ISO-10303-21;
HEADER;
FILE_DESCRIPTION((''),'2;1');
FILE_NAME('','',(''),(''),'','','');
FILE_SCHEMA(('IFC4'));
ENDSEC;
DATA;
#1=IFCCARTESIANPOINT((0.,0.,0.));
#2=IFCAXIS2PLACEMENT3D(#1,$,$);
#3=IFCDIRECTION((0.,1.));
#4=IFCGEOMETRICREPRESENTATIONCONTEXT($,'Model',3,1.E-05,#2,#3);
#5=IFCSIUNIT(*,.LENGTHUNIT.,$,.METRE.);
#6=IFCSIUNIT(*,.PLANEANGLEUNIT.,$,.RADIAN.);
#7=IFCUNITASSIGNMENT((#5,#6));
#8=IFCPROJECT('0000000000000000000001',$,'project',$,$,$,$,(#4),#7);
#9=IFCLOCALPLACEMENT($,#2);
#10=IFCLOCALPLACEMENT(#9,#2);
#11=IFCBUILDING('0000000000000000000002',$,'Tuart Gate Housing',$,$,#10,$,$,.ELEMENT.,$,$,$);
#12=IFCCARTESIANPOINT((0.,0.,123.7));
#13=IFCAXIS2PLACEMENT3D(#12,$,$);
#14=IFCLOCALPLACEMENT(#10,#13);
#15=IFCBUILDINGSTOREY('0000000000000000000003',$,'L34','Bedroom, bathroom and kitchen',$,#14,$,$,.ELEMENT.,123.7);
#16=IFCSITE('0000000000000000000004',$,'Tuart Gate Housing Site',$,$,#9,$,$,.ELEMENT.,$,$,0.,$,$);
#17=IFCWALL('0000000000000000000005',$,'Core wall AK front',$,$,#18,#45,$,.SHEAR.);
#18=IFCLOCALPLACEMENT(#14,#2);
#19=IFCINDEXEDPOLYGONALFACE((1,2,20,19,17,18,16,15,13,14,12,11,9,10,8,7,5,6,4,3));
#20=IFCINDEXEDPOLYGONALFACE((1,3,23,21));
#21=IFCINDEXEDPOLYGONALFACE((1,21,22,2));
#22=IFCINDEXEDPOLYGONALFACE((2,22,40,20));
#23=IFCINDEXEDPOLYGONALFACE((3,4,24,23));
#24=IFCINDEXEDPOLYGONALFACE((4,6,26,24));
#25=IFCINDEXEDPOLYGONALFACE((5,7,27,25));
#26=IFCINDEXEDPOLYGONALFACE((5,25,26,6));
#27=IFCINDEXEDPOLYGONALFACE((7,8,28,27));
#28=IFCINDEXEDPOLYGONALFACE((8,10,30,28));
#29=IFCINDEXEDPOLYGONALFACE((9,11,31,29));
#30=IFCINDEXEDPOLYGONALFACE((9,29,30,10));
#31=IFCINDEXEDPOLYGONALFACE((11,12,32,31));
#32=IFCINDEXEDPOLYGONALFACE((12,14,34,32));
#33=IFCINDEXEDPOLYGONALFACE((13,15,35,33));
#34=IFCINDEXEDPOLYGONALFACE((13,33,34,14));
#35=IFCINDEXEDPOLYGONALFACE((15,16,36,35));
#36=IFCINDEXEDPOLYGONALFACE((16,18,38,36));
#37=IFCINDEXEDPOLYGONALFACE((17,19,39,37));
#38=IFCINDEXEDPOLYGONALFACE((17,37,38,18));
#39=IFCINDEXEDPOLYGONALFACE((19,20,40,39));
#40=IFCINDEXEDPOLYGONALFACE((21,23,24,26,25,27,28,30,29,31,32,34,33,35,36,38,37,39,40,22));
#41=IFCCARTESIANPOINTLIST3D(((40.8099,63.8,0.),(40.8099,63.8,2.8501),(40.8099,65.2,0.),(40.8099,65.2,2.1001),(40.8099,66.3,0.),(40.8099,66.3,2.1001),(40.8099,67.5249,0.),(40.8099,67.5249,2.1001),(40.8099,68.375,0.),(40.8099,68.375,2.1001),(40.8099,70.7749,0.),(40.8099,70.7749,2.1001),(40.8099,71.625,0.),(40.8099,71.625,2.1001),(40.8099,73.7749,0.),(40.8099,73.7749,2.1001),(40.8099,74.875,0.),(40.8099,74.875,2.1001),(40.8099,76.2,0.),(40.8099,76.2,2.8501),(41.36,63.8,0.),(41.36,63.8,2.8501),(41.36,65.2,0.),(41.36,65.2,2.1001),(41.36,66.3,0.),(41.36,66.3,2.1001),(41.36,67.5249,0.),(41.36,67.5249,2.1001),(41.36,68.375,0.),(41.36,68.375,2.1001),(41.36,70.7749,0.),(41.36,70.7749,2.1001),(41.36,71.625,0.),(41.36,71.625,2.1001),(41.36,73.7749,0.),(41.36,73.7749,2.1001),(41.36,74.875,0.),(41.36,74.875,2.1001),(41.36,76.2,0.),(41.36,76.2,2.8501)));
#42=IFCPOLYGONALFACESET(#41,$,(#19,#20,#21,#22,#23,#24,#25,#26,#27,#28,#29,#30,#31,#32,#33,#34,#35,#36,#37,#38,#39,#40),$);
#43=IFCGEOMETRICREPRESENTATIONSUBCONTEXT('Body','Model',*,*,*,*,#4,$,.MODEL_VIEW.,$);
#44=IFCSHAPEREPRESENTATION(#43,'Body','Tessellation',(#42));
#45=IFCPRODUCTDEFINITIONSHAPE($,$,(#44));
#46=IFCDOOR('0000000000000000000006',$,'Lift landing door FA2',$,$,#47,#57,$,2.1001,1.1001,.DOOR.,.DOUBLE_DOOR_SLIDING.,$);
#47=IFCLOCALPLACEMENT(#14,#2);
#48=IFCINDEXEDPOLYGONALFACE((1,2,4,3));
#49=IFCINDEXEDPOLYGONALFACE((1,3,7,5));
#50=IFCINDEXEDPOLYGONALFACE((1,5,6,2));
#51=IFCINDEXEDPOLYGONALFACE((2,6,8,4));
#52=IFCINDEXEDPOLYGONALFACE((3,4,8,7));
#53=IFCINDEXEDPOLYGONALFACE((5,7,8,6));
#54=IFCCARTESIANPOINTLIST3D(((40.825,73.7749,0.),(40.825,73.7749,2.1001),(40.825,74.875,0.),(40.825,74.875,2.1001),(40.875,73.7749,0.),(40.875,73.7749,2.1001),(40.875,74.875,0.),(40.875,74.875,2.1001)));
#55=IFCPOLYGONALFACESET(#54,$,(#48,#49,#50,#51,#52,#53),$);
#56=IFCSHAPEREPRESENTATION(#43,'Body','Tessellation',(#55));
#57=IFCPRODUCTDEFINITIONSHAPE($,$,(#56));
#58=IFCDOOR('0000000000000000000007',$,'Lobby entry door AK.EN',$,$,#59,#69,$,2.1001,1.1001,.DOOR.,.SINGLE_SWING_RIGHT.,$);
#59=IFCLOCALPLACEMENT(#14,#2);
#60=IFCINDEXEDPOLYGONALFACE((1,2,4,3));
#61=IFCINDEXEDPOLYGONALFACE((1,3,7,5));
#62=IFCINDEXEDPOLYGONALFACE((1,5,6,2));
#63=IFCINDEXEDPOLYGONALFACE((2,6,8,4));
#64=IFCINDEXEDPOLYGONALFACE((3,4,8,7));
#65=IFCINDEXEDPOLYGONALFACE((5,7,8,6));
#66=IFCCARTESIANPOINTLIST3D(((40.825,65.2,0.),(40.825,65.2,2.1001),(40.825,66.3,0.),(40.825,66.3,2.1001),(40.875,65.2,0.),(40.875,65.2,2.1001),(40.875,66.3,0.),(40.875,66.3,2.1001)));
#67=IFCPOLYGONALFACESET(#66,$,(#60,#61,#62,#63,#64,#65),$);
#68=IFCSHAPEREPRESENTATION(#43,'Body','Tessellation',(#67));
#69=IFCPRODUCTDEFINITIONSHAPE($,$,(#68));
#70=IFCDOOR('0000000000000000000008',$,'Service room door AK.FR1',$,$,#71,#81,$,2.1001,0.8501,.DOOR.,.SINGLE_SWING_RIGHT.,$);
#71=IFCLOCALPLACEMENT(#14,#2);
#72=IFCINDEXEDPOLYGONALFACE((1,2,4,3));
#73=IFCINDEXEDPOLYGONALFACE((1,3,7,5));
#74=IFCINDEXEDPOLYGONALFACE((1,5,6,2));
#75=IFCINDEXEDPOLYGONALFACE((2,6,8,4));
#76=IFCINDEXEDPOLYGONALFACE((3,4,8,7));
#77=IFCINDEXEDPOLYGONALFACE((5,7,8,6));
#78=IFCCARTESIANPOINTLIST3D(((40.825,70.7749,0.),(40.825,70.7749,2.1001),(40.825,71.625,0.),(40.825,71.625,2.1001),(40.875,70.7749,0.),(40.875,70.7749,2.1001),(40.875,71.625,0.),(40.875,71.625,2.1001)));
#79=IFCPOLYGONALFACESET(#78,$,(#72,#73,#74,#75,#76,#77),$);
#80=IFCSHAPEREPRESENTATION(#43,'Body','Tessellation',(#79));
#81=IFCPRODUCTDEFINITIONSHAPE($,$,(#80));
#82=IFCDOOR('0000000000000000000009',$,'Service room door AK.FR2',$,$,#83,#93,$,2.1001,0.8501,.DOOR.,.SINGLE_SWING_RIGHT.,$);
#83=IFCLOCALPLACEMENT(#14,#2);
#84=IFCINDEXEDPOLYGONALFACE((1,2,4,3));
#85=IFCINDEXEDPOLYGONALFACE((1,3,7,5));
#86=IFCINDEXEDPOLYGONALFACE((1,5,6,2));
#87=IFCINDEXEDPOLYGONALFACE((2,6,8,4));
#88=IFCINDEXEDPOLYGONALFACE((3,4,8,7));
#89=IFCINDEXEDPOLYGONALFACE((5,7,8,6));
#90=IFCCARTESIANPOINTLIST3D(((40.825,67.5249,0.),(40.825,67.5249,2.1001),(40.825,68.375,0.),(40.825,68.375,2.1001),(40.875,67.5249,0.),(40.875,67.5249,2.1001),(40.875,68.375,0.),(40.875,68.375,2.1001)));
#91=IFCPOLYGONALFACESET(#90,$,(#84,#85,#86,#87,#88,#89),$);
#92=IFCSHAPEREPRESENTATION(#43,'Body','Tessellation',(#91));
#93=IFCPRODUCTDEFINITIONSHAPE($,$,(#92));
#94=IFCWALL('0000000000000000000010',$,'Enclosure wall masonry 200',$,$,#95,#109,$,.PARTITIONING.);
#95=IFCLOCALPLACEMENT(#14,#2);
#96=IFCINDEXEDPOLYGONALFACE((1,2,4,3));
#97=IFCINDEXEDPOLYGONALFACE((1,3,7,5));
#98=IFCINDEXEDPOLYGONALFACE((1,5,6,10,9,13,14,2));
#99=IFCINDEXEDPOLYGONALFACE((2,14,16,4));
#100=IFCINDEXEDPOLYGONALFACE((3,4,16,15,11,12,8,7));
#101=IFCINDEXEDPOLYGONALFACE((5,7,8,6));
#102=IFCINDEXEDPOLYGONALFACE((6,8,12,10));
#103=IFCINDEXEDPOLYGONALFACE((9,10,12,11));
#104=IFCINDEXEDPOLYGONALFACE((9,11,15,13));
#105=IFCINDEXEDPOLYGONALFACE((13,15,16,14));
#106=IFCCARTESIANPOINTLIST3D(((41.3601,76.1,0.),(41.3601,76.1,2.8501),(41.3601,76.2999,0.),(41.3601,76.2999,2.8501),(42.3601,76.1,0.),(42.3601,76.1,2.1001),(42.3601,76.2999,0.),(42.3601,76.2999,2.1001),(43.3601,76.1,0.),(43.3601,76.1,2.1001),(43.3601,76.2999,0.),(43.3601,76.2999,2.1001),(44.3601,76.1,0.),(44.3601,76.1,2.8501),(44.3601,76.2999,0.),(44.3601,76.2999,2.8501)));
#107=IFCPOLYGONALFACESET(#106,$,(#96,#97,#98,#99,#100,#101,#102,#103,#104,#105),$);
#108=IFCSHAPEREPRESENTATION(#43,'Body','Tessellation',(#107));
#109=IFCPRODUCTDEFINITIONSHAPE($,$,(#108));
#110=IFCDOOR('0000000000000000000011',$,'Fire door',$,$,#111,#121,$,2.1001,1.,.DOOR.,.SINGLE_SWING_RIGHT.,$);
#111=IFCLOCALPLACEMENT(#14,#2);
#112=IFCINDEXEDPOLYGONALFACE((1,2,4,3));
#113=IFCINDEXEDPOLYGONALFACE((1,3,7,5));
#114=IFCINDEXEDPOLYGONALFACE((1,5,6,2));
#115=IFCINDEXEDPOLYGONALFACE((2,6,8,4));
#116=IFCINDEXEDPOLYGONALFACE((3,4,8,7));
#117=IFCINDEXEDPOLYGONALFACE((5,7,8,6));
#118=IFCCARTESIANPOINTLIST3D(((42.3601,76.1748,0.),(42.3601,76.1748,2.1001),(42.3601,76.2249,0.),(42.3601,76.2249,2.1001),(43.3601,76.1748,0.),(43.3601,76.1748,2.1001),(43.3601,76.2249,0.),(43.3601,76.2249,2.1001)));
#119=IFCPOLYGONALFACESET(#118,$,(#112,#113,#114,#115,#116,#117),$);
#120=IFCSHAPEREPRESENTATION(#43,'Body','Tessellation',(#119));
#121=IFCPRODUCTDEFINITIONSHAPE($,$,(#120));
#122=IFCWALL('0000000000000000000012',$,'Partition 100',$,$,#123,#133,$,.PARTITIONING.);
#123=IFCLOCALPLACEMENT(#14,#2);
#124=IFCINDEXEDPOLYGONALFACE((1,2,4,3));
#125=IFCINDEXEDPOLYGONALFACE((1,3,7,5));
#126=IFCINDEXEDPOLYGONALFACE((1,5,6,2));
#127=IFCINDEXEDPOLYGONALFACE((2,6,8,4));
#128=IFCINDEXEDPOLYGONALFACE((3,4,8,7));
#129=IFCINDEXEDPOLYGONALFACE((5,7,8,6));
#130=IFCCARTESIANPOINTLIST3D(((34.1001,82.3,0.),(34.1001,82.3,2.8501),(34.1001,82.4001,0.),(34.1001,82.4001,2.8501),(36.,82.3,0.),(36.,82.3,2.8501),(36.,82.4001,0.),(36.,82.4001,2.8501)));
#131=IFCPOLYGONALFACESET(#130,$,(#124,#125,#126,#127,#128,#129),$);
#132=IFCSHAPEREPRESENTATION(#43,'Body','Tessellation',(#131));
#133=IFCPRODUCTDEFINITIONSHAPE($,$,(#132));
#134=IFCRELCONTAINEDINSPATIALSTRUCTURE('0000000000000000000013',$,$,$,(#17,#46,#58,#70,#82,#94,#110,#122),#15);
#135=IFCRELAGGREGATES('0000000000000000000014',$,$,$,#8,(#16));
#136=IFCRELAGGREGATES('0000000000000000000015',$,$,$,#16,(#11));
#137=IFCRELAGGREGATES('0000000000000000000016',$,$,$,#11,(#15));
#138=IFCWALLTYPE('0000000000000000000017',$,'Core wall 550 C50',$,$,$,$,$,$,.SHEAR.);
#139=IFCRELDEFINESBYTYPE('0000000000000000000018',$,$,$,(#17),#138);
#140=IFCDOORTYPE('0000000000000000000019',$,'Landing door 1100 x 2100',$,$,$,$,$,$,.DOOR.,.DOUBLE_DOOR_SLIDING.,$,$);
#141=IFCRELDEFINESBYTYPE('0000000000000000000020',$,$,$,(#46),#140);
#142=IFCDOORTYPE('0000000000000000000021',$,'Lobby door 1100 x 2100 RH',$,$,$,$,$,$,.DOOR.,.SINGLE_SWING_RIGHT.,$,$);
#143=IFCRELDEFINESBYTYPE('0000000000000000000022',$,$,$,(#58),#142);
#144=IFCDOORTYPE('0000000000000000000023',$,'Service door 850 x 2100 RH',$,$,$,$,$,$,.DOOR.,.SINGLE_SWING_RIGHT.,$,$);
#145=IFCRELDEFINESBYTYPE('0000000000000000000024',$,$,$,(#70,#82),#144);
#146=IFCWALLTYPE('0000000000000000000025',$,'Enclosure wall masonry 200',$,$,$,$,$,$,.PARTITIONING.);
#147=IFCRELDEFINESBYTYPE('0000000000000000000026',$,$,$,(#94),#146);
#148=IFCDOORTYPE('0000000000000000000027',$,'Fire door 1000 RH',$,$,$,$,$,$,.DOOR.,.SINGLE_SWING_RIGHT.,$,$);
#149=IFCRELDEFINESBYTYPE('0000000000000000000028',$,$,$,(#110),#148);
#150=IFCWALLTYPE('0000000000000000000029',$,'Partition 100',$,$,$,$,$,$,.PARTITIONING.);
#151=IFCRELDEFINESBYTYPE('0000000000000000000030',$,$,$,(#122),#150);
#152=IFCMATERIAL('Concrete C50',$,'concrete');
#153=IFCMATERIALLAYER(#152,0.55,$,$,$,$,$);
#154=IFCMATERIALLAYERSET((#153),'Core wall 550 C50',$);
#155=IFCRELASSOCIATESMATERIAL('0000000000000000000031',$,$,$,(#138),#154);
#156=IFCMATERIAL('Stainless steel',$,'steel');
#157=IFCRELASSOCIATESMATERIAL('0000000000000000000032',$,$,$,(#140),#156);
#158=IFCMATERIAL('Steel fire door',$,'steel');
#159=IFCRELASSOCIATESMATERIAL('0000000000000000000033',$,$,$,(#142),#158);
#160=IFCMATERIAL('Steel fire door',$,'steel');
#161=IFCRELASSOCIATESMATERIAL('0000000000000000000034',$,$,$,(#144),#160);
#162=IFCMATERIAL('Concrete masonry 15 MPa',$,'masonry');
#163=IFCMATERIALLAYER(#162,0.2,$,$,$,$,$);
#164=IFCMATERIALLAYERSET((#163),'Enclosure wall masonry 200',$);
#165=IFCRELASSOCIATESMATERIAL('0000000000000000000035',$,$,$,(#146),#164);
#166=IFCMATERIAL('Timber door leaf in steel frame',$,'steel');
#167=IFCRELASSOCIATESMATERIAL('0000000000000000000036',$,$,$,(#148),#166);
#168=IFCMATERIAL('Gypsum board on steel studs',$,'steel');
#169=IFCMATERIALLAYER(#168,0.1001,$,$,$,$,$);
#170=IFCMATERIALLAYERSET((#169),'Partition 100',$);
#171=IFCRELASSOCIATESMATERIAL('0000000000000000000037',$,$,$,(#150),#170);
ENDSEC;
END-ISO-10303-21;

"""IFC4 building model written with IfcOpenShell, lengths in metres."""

from ifc_helpers import new_model, si_unit, direction, frame, frame_2d, origin, place, context, subcontext, project, spatial, rectangle, extrude, material, layer, layer_set, type_object, element, fill, save


model = new_model("IFC4")

# Units and contexts
model_context = context("Model", 3, precision=1e-05, world=origin(), true_north=direction((0.0, 1.0)))
body_context = subcontext(model_context, "Body", "Model", "MODEL_VIEW")
ifc_project = project(units=[si_unit("LENGTHUNIT", "METRE"), si_unit("PLANEANGLEUNIT", "RADIAN")], contexts=[model_context])

# Site, building, storey
site_placement = place(None, origin())
site = spatial("IfcSite", under=ifc_project, at=site_placement, Name="Tuart Gate Housing Site", CompositionType="ELEMENT", RefElevation=0.0)
building_placement = place(site_placement, origin())
building = spatial("IfcBuilding", under=site, at=building_placement, Name="Tuart Gate Housing", CompositionType="ELEMENT")
storey_placement = place(building_placement, frame((0.0, 0.0, 123.7)))
storey = spatial("IfcBuildingStorey", under=building, at=storey_placement, Name="L34", Description="Bedroom, bathroom and kitchen", CompositionType="ELEMENT", Elevation=123.7)

# Wall, openings, doors
ifc_material_1 = material(Name="Concrete C50", Category="concrete")
ifc_layer_1 = layer(ifc_material_1, 0.55)
ifc_layer_set_1 = layer_set([ifc_layer_1], Name="Core wall 550 C50")
wall_type_1 = type_object("IfcWallType", Name="Core wall 550 C50", PredefinedType="SHEAR", material=ifc_layer_set_1)
wall_1_placement = place(storey_placement, frame((41.085, 76.2, 0.0), z_axis=(0.0, 0.0, 1.0), x_axis=(0.0, -1.0, 0.0)))
wall_1 = element("IfcWall", 1, at=wall_1_placement, inside=storey, type_object=wall_type_1, Name="Core wall AK front", PredefinedType="SHEAR", context=body_context, shape_type="SweptSolid", body=[
    extrude(rectangle(XDim=12.3999, YDim=0.55, at=frame_2d((6.2, 0.0))), origin(), (0.0, 0.0, 1.0), 2.8501),
])
opening_1_placement = place(wall_1_placement, frame((1.325, 0.0, 0.0)))
opening_1 = element("IfcOpeningElement", 2, at=opening_1_placement, cuts=wall_1, PredefinedType="OPENING", context=body_context, shape_type="SweptSolid", body=[
    extrude(rectangle(XDim=1.1001, YDim=2.1001, at=frame_2d((0.55, 1.05))), frame((0.0, 0.2849, 0.0), z_axis=(0.0, -1.0, 0.0), x_axis=(1.0, 0.0, 0.0)), (0.0, 0.0, 1.0), 0.5701),
])
opening_2_placement = place(wall_1_placement, frame((4.575, 0.0, 0.0)))
opening_2 = element("IfcOpeningElement", 3, at=opening_2_placement, cuts=wall_1, PredefinedType="OPENING", context=body_context, shape_type="SweptSolid", body=[
    extrude(rectangle(XDim=0.8501, YDim=2.1001, at=frame_2d((0.425, 1.05))), frame((0.0, 0.2849, 0.0), z_axis=(0.0, -1.0, 0.0), x_axis=(1.0, 0.0, 0.0)), (0.0, 0.0, 1.0), 0.5701),
])
opening_3_placement = place(wall_1_placement, frame((7.825, 0.0, 0.0)))
opening_3 = element("IfcOpeningElement", 4, at=opening_3_placement, cuts=wall_1, PredefinedType="OPENING", context=body_context, shape_type="SweptSolid", body=[
    extrude(rectangle(XDim=0.8501, YDim=2.1001, at=frame_2d((0.425, 1.05))), frame((0.0, 0.2849, 0.0), z_axis=(0.0, -1.0, 0.0), x_axis=(1.0, 0.0, 0.0)), (0.0, 0.0, 1.0), 0.5701),
])
opening_4_placement = place(wall_1_placement, frame((9.8999, 0.0, 0.0)))
opening_4 = element("IfcOpeningElement", 5, at=opening_4_placement, cuts=wall_1, PredefinedType="OPENING", context=body_context, shape_type="SweptSolid", body=[
    extrude(rectangle(XDim=1.1001, YDim=2.1001, at=frame_2d((0.55, 1.05))), frame((0.0, 0.2849, 0.0), z_axis=(0.0, -1.0, 0.0), x_axis=(1.0, 0.0, 0.0)), (0.0, 0.0, 1.0), 0.5701),
])
ifc_material_2 = material(Name="Stainless steel", Category="steel")
door_type_1 = type_object("IfcDoorType", Name="Landing door 1100 x 2100", OperationType="DOUBLE_DOOR_SLIDING", PredefinedType="DOOR", material=ifc_material_2)
door_1_placement = place(opening_1_placement, origin())
door_1 = element("IfcDoor", 6, at=door_1_placement, inside=storey, type_object=door_type_1, Name="Lift landing door FA2", OperationType="DOUBLE_DOOR_SLIDING", OverallHeight=2.1001, OverallWidth=1.1001, PredefinedType="DOOR", context=body_context, shape_type="SweptSolid", body=[
    extrude(rectangle(XDim=1.1001, YDim=2.1001, at=frame_2d((0.55, 1.05))), frame((0.0, -0.21, 0.0), z_axis=(0.0, -1.0, 0.0), x_axis=(1.0, 0.0, 0.0)), (0.0, 0.0, 1.0), 0.05),
])
fill(opening_1, door_1)
ifc_material_3 = material(Name="Steel fire door", Category="steel")
door_type_2 = type_object("IfcDoorType", Name="Lobby door 1100 x 2100 RH", OperationType="SINGLE_SWING_RIGHT", PredefinedType="DOOR", material=ifc_material_3)
door_2_placement = place(opening_4_placement, frame((1.1001, 0.0, 0.0), z_axis=(0.0, 0.0, 1.0), x_axis=(-1.0, 0.0, 0.0)))
door_2 = element("IfcDoor", 7, at=door_2_placement, inside=storey, type_object=door_type_2, Name="Lobby entry door AK.EN", OperationType="SINGLE_SWING_RIGHT", OverallHeight=2.1001, OverallWidth=1.1001, PredefinedType="DOOR", context=body_context, shape_type="SweptSolid", body=[
    extrude(rectangle(XDim=1.1001, YDim=2.1001, at=frame_2d((0.55, 1.05))), frame((0.0, 0.26, 0.0), z_axis=(0.0, -1.0, 0.0), x_axis=(1.0, 0.0, 0.0)), (0.0, 0.0, 1.0), 0.05),
])
fill(opening_4, door_2)
ifc_material_4 = material(Name="Steel fire door", Category="steel")
door_type_3 = type_object("IfcDoorType", Name="Service door 850 x 2100 RH", OperationType="SINGLE_SWING_RIGHT", PredefinedType="DOOR", material=ifc_material_4)
door_3_placement = place(opening_2_placement, frame((0.8501, 0.0, 0.0), z_axis=(0.0, 0.0, 1.0), x_axis=(-1.0, 0.0, 0.0)))
door_3 = element("IfcDoor", 8, at=door_3_placement, inside=storey, type_object=door_type_3, Name="Service room door AK.FR1", OperationType="SINGLE_SWING_RIGHT", OverallHeight=2.1001, OverallWidth=0.8501, PredefinedType="DOOR", context=body_context, shape_type="SweptSolid", body=[
    extrude(rectangle(XDim=0.8501, YDim=2.1001, at=frame_2d((0.425, 1.05))), frame((0.0, 0.26, 0.0), z_axis=(0.0, -1.0, 0.0), x_axis=(1.0, 0.0, 0.0)), (0.0, 0.0, 1.0), 0.05),
])
fill(opening_2, door_3)
door_4_placement = place(opening_3_placement, frame((0.8501, 0.0, 0.0), z_axis=(0.0, 0.0, 1.0), x_axis=(-1.0, 0.0, 0.0)))
door_4 = element("IfcDoor", 9, at=door_4_placement, inside=storey, type_object=door_type_3, Name="Service room door AK.FR2", OperationType="SINGLE_SWING_RIGHT", OverallHeight=2.1001, OverallWidth=0.8501, PredefinedType="DOOR", context=body_context, shape_type="SweptSolid", body=[
    extrude(rectangle(XDim=0.8501, YDim=2.1001, at=frame_2d((0.425, 1.05))), frame((0.0, 0.26, 0.0), z_axis=(0.0, -1.0, 0.0), x_axis=(1.0, 0.0, 0.0)), (0.0, 0.0, 1.0), 0.05),
])
fill(opening_3, door_4)

# Wall, opening, door
ifc_material_5 = material(Name="Concrete masonry 15 MPa", Category="masonry")
ifc_layer_2 = layer(ifc_material_5, 0.2)
ifc_layer_set_2 = layer_set([ifc_layer_2], Name="Enclosure wall masonry 200")
wall_type_2 = type_object("IfcWallType", Name="Enclosure wall masonry 200", PredefinedType="PARTITIONING", material=ifc_layer_set_2)
wall_2_placement = place(storey_placement, frame((41.3601, 76.2, 0.0), z_axis=(0.0, 0.0, 1.0), x_axis=(1.0, 0.0, 0.0)))
wall_2 = element("IfcWall", 10, at=wall_2_placement, inside=storey, type_object=wall_type_2, Name="Enclosure wall masonry 200", PredefinedType="PARTITIONING", context=body_context, shape_type="SweptSolid", body=[
    extrude(rectangle(XDim=3.0, YDim=0.2, at=frame_2d((1.5, 0.0))), origin(), (0.0, 0.0, 1.0), 2.8501),
])
opening_5_placement = place(wall_2_placement, frame((1.0, 0.0, 0.0)))
opening_5 = element("IfcOpeningElement", 11, at=opening_5_placement, cuts=wall_2, PredefinedType="OPENING", context=body_context, shape_type="SweptSolid", body=[
    extrude(rectangle(XDim=1.0, YDim=2.1001, at=frame_2d((0.5, 1.05))), frame((0.0, 0.1099, 0.0), z_axis=(0.0, -1.0, 0.0), x_axis=(1.0, 0.0, 0.0)), (0.0, 0.0, 1.0), 0.22),
])
ifc_material_6 = material(Name="Timber door leaf in steel frame", Category="steel")
door_type_4 = type_object("IfcDoorType", Name="Fire door 1000 RH", OperationType="SINGLE_SWING_RIGHT", PredefinedType="DOOR", material=ifc_material_6)
door_5_placement = place(opening_5_placement, origin())
door_5 = element("IfcDoor", 12, at=door_5_placement, inside=storey, type_object=door_type_4, Name="Fire door", OperationType="SINGLE_SWING_RIGHT", OverallHeight=2.1001, OverallWidth=1.0, PredefinedType="DOOR", context=body_context, shape_type="SweptSolid", body=[
    extrude(rectangle(XDim=1.0, YDim=2.1001, at=frame_2d((0.5, 1.05))), frame((0.0, 0.0249, 0.0), z_axis=(0.0, -1.0, 0.0), x_axis=(1.0, 0.0, 0.0)), (0.0, 0.0, 1.0), 0.05),
])
fill(opening_5, door_5)

# Wall
ifc_material_7 = material(Name="Gypsum board on steel studs", Category="steel")
ifc_layer_3 = layer(ifc_material_7, 0.1001)
ifc_layer_set_3 = layer_set([ifc_layer_3], Name="Partition 100")
wall_type_3 = type_object("IfcWallType", Name="Partition 100", PredefinedType="PARTITIONING", material=ifc_layer_set_3)
wall_3_placement = place(storey_placement, frame((34.1001, 82.3501, 0.0), z_axis=(0.0, 0.0, 1.0), x_axis=(1.0, 0.0, 0.0)))
element("IfcWall", 13, at=wall_3_placement, inside=storey, type_object=wall_type_3, Name="Partition 100", PredefinedType="PARTITIONING", context=body_context, shape_type="SweptSolid", body=[
    extrude(rectangle(XDim=1.8999, YDim=0.1001, at=frame_2d((0.95, 0.0))), origin(), (0.0, 0.0, 1.0), 2.8501),
])

save(model, "model.ifc")
